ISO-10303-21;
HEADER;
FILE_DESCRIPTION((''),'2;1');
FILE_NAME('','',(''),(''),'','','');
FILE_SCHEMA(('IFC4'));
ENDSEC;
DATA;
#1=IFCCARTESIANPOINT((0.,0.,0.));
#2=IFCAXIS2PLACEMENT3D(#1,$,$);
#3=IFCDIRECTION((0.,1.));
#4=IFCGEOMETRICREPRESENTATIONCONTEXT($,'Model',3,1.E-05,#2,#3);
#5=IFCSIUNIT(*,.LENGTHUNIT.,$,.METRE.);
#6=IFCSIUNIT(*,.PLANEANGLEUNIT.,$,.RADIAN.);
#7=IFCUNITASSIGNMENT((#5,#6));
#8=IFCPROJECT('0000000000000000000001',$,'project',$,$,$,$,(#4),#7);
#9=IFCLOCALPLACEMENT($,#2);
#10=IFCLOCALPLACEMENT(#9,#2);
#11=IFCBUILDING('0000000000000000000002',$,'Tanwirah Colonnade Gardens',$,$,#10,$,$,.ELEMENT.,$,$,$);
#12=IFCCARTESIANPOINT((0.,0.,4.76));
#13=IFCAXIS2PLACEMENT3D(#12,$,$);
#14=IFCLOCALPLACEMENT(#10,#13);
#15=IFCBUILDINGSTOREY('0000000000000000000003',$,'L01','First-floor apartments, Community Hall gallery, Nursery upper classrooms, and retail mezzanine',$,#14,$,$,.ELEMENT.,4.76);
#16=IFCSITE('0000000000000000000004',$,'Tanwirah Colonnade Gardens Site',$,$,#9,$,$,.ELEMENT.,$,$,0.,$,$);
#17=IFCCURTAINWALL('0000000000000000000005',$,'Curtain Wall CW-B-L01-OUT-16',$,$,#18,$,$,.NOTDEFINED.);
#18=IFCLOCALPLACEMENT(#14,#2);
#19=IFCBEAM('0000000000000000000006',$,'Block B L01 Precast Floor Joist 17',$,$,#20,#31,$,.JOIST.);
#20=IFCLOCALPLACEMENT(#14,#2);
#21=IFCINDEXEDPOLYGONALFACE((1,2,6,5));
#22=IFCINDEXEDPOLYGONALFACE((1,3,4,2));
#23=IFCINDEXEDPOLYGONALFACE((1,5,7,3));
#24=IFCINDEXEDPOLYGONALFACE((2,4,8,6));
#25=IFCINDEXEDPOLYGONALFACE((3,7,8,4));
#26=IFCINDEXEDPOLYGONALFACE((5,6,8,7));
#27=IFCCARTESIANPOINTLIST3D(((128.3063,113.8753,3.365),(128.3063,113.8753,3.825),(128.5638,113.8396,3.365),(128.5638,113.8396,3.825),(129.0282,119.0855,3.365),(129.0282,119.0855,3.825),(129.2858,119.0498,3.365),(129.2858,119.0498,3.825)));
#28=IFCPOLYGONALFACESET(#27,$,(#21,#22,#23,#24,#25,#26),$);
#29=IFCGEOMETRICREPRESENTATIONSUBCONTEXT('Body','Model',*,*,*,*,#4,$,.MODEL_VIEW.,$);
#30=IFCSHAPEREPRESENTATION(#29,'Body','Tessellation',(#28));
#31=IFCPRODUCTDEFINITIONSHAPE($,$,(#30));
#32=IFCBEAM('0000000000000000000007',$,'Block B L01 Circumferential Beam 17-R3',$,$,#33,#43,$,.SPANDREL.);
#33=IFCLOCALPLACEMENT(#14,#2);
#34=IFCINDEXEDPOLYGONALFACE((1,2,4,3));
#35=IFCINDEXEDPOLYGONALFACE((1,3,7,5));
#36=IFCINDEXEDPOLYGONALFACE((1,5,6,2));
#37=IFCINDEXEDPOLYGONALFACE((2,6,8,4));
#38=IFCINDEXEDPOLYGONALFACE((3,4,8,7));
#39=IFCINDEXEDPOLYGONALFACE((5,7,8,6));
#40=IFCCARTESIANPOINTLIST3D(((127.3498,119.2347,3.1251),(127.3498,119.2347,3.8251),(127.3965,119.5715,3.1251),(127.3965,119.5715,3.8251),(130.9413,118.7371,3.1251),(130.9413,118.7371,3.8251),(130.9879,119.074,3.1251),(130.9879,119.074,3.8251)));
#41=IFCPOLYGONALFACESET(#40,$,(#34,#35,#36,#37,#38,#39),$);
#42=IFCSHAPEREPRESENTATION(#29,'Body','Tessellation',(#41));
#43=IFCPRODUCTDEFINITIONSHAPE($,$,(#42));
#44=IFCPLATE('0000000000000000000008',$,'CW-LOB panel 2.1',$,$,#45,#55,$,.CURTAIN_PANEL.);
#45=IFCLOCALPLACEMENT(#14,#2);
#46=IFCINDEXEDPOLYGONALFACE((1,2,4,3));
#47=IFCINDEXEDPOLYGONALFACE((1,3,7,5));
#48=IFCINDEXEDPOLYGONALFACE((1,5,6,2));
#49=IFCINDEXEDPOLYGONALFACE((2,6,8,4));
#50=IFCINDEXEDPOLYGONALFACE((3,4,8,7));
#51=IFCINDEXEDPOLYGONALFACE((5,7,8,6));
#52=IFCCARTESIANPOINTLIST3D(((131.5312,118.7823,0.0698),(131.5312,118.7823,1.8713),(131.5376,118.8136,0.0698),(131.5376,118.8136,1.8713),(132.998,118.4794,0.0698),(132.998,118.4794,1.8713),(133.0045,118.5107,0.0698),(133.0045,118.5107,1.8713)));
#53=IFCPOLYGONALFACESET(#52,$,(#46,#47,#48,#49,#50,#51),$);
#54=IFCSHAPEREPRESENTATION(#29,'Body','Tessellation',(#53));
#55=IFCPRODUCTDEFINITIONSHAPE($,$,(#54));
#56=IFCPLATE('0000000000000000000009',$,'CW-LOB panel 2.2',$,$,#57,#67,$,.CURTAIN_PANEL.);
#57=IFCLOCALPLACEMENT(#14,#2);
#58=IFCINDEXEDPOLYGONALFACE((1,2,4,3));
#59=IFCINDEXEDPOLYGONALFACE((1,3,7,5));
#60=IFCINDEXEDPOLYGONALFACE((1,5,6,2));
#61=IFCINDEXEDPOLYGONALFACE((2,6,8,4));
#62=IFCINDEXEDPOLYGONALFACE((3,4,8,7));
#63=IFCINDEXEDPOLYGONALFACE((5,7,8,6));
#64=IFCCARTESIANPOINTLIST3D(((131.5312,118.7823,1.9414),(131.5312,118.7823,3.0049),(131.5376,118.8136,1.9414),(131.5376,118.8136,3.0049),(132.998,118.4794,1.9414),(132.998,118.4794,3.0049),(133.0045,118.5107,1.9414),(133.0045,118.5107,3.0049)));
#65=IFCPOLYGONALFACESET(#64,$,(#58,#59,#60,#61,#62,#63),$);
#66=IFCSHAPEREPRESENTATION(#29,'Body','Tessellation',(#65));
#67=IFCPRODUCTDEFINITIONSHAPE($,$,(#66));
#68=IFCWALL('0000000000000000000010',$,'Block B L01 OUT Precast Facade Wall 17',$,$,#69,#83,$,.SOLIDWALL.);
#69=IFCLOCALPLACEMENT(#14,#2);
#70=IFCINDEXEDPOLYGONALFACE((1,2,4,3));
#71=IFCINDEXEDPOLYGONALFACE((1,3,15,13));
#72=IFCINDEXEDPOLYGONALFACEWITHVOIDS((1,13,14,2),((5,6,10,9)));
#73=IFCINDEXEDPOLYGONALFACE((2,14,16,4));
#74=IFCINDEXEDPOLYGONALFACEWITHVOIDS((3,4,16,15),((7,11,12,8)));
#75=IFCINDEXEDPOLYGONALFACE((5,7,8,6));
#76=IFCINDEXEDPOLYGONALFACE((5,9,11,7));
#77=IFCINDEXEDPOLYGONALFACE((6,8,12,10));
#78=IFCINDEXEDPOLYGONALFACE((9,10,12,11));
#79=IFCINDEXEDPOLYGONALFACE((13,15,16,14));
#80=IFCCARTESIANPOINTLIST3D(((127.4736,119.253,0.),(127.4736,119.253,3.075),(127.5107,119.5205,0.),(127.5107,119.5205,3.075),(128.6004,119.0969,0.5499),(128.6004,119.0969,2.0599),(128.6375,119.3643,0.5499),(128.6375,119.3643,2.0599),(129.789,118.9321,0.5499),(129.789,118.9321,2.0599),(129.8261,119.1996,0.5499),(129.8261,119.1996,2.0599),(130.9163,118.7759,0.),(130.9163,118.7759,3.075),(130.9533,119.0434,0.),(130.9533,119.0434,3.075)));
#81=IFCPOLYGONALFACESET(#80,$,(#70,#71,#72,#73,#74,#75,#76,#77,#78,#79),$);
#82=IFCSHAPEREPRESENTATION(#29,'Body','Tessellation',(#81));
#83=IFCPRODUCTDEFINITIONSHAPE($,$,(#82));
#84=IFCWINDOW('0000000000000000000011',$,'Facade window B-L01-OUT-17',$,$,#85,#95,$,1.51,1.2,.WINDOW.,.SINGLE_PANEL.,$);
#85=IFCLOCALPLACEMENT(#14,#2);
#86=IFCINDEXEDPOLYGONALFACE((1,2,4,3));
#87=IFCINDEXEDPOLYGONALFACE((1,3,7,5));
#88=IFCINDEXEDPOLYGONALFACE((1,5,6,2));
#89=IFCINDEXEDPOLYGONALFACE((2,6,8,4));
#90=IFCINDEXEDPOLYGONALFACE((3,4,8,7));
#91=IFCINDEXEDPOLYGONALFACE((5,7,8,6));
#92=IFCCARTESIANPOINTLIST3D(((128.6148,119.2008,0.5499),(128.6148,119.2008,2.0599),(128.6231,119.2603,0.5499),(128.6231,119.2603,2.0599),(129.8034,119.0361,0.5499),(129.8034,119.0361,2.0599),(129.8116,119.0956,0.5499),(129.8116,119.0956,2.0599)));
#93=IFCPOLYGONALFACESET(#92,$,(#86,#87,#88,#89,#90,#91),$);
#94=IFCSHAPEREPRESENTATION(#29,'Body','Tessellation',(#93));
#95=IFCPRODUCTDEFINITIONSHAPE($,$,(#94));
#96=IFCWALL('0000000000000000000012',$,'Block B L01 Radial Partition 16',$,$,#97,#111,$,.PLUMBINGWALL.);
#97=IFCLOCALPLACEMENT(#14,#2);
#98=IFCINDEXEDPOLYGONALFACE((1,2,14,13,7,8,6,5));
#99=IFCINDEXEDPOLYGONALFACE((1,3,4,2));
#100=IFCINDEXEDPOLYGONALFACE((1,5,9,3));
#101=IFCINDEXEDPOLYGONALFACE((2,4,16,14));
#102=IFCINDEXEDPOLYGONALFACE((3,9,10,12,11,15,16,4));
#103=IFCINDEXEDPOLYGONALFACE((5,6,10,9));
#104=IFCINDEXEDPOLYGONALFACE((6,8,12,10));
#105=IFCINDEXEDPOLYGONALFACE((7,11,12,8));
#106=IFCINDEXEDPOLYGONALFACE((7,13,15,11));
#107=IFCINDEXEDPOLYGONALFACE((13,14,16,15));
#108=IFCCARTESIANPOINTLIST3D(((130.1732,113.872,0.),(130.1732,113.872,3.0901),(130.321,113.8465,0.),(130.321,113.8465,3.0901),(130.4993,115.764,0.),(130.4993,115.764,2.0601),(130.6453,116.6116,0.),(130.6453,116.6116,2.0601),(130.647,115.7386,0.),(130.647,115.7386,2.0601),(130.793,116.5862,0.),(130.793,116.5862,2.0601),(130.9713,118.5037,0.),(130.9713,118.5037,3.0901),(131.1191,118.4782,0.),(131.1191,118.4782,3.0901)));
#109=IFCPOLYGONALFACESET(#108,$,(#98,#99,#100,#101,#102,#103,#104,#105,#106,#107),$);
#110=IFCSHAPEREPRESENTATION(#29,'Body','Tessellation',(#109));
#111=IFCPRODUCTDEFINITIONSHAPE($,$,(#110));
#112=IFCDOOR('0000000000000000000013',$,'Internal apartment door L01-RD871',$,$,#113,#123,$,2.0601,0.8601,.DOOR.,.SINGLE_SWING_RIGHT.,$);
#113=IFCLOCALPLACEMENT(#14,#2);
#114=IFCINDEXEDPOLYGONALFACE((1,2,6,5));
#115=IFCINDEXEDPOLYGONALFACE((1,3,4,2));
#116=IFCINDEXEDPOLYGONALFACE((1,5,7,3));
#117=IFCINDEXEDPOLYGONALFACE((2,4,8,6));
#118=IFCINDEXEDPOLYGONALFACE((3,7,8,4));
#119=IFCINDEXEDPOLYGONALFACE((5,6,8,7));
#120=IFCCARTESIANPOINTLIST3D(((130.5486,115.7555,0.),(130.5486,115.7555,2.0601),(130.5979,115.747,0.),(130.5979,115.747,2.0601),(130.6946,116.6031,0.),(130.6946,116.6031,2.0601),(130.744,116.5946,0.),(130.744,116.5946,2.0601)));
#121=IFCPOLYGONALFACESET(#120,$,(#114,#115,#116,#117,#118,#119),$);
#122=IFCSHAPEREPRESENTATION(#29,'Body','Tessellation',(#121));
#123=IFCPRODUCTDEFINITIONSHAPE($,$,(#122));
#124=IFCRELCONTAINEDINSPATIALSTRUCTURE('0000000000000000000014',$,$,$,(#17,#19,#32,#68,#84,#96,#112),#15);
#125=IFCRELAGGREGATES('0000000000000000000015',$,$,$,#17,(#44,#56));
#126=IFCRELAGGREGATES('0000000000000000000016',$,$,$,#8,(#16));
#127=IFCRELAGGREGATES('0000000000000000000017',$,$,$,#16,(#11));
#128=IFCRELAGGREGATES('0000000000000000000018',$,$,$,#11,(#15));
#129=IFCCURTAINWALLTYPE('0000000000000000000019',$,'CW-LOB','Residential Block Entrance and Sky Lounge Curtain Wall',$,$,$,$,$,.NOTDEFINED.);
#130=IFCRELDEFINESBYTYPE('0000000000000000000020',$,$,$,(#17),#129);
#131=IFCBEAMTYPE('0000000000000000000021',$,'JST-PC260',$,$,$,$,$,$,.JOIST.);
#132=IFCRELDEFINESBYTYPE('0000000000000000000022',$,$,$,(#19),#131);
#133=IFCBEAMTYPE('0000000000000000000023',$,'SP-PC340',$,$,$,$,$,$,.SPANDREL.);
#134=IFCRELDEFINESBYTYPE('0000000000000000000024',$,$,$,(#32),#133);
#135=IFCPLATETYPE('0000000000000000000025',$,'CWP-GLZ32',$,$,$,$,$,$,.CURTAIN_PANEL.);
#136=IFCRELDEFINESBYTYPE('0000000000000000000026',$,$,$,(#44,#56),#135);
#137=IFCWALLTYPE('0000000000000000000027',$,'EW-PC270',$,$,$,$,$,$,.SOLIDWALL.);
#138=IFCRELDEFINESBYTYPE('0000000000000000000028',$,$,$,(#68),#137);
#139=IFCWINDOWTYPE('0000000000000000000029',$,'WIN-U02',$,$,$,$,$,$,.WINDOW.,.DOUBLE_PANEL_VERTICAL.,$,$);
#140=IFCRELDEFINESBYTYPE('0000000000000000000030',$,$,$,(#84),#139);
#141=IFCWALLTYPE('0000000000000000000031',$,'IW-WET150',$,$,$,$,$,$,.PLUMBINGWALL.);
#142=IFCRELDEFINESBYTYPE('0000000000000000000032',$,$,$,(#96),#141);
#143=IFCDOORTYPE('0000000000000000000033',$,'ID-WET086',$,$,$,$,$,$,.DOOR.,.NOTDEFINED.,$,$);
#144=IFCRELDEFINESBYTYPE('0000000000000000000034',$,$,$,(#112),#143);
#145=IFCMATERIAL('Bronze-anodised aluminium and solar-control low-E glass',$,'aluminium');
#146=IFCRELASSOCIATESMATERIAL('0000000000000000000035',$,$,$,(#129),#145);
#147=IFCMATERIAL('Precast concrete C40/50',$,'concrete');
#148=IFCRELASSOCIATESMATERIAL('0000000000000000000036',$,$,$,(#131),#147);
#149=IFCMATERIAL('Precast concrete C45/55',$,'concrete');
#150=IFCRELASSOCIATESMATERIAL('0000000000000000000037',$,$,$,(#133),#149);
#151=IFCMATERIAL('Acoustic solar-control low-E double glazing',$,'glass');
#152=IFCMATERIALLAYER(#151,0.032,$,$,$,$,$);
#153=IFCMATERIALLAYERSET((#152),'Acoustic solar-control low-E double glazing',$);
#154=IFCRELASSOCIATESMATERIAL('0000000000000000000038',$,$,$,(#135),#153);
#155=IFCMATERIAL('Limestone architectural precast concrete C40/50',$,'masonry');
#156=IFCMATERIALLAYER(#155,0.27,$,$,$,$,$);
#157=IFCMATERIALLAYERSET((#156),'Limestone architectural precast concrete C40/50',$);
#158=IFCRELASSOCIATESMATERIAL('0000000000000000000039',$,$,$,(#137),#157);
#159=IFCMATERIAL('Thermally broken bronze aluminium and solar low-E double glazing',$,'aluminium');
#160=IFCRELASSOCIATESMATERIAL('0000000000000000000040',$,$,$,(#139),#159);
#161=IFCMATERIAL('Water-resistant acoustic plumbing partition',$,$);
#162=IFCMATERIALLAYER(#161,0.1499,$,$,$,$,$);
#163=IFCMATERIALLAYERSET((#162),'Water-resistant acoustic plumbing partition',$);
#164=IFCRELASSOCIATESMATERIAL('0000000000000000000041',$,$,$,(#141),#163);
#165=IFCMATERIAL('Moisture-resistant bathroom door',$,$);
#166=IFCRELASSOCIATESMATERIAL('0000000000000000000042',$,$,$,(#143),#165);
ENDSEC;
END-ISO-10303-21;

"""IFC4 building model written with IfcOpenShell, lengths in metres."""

from ifc_helpers import new_model, si_unit, direction, frame, frame_2d, origin, origin_2d, place, context, subcontext, project, spatial, rectangle, extrude, material, layer, layer_set, material_profile, profile_set, type_object, element, fill, aggregate, save


model = new_model("IFC4")

# Units and contexts
model_context = context("Model", 3, precision=1e-05, world=origin(), true_north=direction((0.0, 1.0)))
body_context = subcontext(model_context, "Body", "Model", "MODEL_VIEW")
ifc_project = project(units=[si_unit("LENGTHUNIT", "METRE"), si_unit("PLANEANGLEUNIT", "RADIAN")], contexts=[model_context])

# Site, building, storey
site_placement = place(None, origin())
site = spatial("IfcSite", under=ifc_project, at=site_placement, Name="Tanwirah Colonnade Gardens Site", CompositionType="ELEMENT", RefElevation=0.0)
building_placement = place(site_placement, origin())
building = spatial("IfcBuilding", under=site, at=building_placement, Name="Tanwirah Colonnade Gardens", CompositionType="ELEMENT")
storey_placement = place(building_placement, frame((0.0, 0.0, 4.76)))
storey = spatial("IfcBuildingStorey", under=building, at=storey_placement, Name="L01", Description="First-floor apartments, Community Hall gallery, Nursery upper classrooms, and retail mezzanine", CompositionType="ELEMENT", Elevation=4.76)

# Shared definitions
ifc_material_1 = material(Name="Precast concrete C45/55", Category="concrete")

# Shared definitions
ifc_material_2 = material(Name="Precast concrete C40/50", Category="concrete")

# Curtain wall
ifc_material_3 = material(Name="Bronze-anodised aluminium and solar-control low-E glass", Category="aluminium")
curtain_wall_type = type_object("IfcCurtainWallType", Name="CW-LOB", Description="Residential Block Entrance and Sky Lounge Curtain Wall", PredefinedType="NOTDEFINED", material=ifc_material_3)
curtain_wall_placement = place(storey_placement, origin())
curtain_wall = element("IfcCurtainWall", 1, at=curtain_wall_placement, inside=storey, type_object=curtain_wall_type, Name="Curtain Wall CW-B-L01-OUT-16", PredefinedType="NOTDEFINED")

# Beams
ifc_material_profile_1 = material_profile(ifc_material_2, rectangle(XDim=0.26, YDim=0.46, at=origin_2d()), Name="PC-JST 260x460")
ifc_profile_set_1 = profile_set([ifc_material_profile_1], Name="Precast concrete C40/50")
beam_type_1 = type_object("IfcBeamType", Name="JST-PC260", PredefinedType="JOIST", material=ifc_profile_set_1)
beam_1_placement = place(storey_placement, frame((128.4351, 113.8574, 3.595), z_axis=(0.137248, 0.990537, 0.0), x_axis=(-0.990537, 0.137248, 0.0)))
element("IfcBeam", 2, at=beam_1_placement, inside=storey, type_object=beam_type_1, Name="Block B L01 Precast Floor Joist 17", PredefinedType="JOIST", context=body_context, shape_type="SweptSolid", body=[
    extrude(rectangle(XDim=0.26, YDim=0.46, at=origin_2d()), origin(), (0.0, 0.0, 1.0), 5.26),
])
ifc_material_profile_2 = material_profile(ifc_material_1, rectangle(XDim=0.3401, YDim=0.7, at=origin_2d()), Name="PC-SP 340x700")
ifc_profile_set_2 = profile_set([ifc_material_profile_2], Name="Precast concrete C45/55")
beam_type_2 = type_object("IfcBeamType", Name="SP-PC340", PredefinedType="SPANDREL", material=ifc_profile_set_2)
beam_2_placement = place(storey_placement, frame((130.9646, 118.9055, 3.4751), z_axis=(-0.990539, 0.137234, 0.0), x_axis=(-0.137234, -0.990539, 0.0)))
element("IfcBeam", 3, at=beam_2_placement, inside=storey, type_object=beam_type_2, Name="Block B L01 Circumferential Beam 17-R3", PredefinedType="SPANDREL", context=body_context, shape_type="SweptSolid", body=[
    extrude(rectangle(XDim=0.3401, YDim=0.7, at=origin_2d()), origin(), (0.0, 0.0, 1.0), 3.6257),
])

# Plates
ifc_material_4 = material(Name="Acoustic solar-control low-E double glazing", Category="glass")
ifc_layer_1 = layer(ifc_material_4, 0.032)
ifc_layer_set_1 = layer_set([ifc_layer_1], Name="Acoustic solar-control low-E double glazing")
plate_type = type_object("IfcPlateType", Name="CWP-GLZ32", PredefinedType="CURTAIN_PANEL", material=ifc_layer_set_1)
plate_1_placement = place(storey_placement, frame((132.2678, 118.6465, 0.0698), z_axis=(0.0, 0.0, 1.0), x_axis=(-0.979341, 0.202218, 0.0)))
plate_1 = element("IfcPlate", 4, at=plate_1_placement, type_object=plate_type, Name="CW-LOB panel 2.1", PredefinedType="CURTAIN_PANEL", context=body_context, shape_type="SweptSolid", body=[
    extrude(rectangle(XDim=1.4978, YDim=0.032, at=origin_2d()), origin(), (0.0, 0.0, 1.0), 1.8015),
])
plate_2_placement = place(storey_placement, frame((132.2678, 118.6465, 1.9414), z_axis=(0.0, 0.0, 1.0), x_axis=(-0.979341, 0.202218, 0.0)))
plate_2 = element("IfcPlate", 5, at=plate_2_placement, type_object=plate_type, Name="CW-LOB panel 2.2", PredefinedType="CURTAIN_PANEL", context=body_context, shape_type="SweptSolid", body=[
    extrude(rectangle(XDim=1.4978, YDim=0.032, at=origin_2d()), origin(), (0.0, 0.0, 1.0), 1.0635),
])
aggregate(curtain_wall, [plate_1, plate_2])

# Wall, opening, window
ifc_material_5 = material(Name="Limestone architectural precast concrete C40/50", Category="masonry")
ifc_layer_2 = layer(ifc_material_5, 0.27)
ifc_layer_set_2 = layer_set([ifc_layer_2], Name="Limestone architectural precast concrete C40/50")
wall_type_1 = type_object("IfcWallType", Name="EW-PC270", PredefinedType="SOLIDWALL", material=ifc_layer_set_2)
wall_1_placement = place(storey_placement, frame((130.9348, 118.9097, 0.0), z_axis=(0.0, 0.0, 1.0), x_axis=(-0.990535, 0.13726, 0.0)))
wall_1 = element("IfcWall", 6, at=wall_1_placement, inside=storey, type_object=wall_type_1, Name="Block B L01 OUT Precast Facade Wall 17", PredefinedType="SOLIDWALL", context=body_context, shape_type="SweptSolid", body=[
    extrude(rectangle(XDim=3.4756, YDim=0.27, at=frame_2d((1.7378, 0.0))), origin(), (0.0, 0.0, 1.0), 3.075),
])
opening_1_placement = place(wall_1_placement, frame((1.1379, 0.0, 0.55)))
opening_1 = element("IfcOpeningElement", 7, at=opening_1_placement, cuts=wall_1, PredefinedType="OPENING", context=body_context, shape_type="SweptSolid", body=[
    extrude(rectangle(XDim=1.2, YDim=1.51, at=frame_2d((0.6001, 0.7549))), frame((0.0, 0.145, 0.0), z_axis=(0.0, -1.0, 0.0), x_axis=(1.0, 0.0, 0.0)), (0.0, 0.0, 1.0), 0.29),
])
ifc_material_6 = material(Name="Thermally broken bronze aluminium and solar low-E double glazing", Category="aluminium")
window_type = type_object("IfcWindowType", Name="WIN-U02", PartitioningType="DOUBLE_PANEL_VERTICAL", PredefinedType="WINDOW", material=ifc_material_6)
window_placement = place(opening_1_placement, origin())
window = element("IfcWindow", 8, at=window_placement, inside=storey, type_object=window_type, Name="Facade window B-L01-OUT-17", OverallHeight=1.51, OverallWidth=1.2, PartitioningType="SINGLE_PANEL", PredefinedType="WINDOW", context=body_context, shape_type="SweptSolid", body=[
    extrude(rectangle(XDim=1.2, YDim=1.51, at=frame_2d((0.6001, 0.7549))), frame((0.0, 0.03, 0.0), z_axis=(0.0, -1.0, 0.0), x_axis=(1.0, 0.0, 0.0)), (0.0, 0.0, 1.0), 0.0601),
])
fill(opening_1, window)

# Wall, opening, door
ifc_material_7 = material(Name="Water-resistant acoustic plumbing partition")
ifc_layer_3 = layer(ifc_material_7, 0.1499)
ifc_layer_set_3 = layer_set([ifc_layer_3], Name="Water-resistant acoustic plumbing partition")
wall_type_2 = type_object("IfcWallType", Name="IW-WET150", PredefinedType="PLUMBINGWALL", material=ifc_layer_set_3)
wall_2_placement = place(storey_placement, frame((130.2471, 113.8591, 0.0), z_axis=(0.0, 0.0, 1.0), x_axis=(0.169813, 0.985476, 0.0)))
wall_2 = element("IfcWall", 9, at=wall_2_placement, inside=storey, type_object=wall_type_2, Name="Block B L01 Radial Partition 16", PredefinedType="PLUMBINGWALL", context=body_context, shape_type="SweptSolid", body=[
    extrude(rectangle(XDim=4.7, YDim=0.1499, at=frame_2d((2.3501, 0.0))), origin(), (0.0, 0.0, 1.0), 3.0901),
])
opening_2_placement = place(wall_2_placement, frame((1.9199, 0.0, 0.0)))
opening_2 = element("IfcOpeningElement", 10, at=opening_2_placement, cuts=wall_2, PredefinedType="OPENING", context=body_context, shape_type="SweptSolid", body=[
    extrude(rectangle(XDim=0.8601, YDim=2.0601, at=frame_2d((0.4302, 1.03))), frame((0.0, 0.085, 0.0), z_axis=(0.0, -1.0, 0.0), x_axis=(1.0, 0.0, 0.0)), (0.0, 0.0, 1.0), 0.1699),
])
ifc_material_8 = material(Name="Moisture-resistant bathroom door")
door_type_1 = type_object("IfcDoorType", Name="ID-WET086", OperationType="NOTDEFINED", PredefinedType="DOOR", material=ifc_material_8)
door_1_placement = place(opening_2_placement, origin())
door_1 = element("IfcDoor", 11, at=door_1_placement, inside=storey, type_object=door_type_1, Name="Internal apartment door L01-RD871", OperationType="SINGLE_SWING_RIGHT", OverallHeight=2.0601, OverallWidth=0.8601, PredefinedType="DOOR", context=body_context, shape_type="SweptSolid", body=[
    extrude(rectangle(XDim=0.8601, YDim=2.0601, at=frame_2d((0.4302, 1.03))), frame((0.0, 0.0249, 0.0), z_axis=(0.0, -1.0, 0.0), x_axis=(1.0, 0.0, 0.0)), (0.0, 0.0, 1.0), 0.05),
])
fill(opening_2, door_1)

save(model, "model.ifc")
